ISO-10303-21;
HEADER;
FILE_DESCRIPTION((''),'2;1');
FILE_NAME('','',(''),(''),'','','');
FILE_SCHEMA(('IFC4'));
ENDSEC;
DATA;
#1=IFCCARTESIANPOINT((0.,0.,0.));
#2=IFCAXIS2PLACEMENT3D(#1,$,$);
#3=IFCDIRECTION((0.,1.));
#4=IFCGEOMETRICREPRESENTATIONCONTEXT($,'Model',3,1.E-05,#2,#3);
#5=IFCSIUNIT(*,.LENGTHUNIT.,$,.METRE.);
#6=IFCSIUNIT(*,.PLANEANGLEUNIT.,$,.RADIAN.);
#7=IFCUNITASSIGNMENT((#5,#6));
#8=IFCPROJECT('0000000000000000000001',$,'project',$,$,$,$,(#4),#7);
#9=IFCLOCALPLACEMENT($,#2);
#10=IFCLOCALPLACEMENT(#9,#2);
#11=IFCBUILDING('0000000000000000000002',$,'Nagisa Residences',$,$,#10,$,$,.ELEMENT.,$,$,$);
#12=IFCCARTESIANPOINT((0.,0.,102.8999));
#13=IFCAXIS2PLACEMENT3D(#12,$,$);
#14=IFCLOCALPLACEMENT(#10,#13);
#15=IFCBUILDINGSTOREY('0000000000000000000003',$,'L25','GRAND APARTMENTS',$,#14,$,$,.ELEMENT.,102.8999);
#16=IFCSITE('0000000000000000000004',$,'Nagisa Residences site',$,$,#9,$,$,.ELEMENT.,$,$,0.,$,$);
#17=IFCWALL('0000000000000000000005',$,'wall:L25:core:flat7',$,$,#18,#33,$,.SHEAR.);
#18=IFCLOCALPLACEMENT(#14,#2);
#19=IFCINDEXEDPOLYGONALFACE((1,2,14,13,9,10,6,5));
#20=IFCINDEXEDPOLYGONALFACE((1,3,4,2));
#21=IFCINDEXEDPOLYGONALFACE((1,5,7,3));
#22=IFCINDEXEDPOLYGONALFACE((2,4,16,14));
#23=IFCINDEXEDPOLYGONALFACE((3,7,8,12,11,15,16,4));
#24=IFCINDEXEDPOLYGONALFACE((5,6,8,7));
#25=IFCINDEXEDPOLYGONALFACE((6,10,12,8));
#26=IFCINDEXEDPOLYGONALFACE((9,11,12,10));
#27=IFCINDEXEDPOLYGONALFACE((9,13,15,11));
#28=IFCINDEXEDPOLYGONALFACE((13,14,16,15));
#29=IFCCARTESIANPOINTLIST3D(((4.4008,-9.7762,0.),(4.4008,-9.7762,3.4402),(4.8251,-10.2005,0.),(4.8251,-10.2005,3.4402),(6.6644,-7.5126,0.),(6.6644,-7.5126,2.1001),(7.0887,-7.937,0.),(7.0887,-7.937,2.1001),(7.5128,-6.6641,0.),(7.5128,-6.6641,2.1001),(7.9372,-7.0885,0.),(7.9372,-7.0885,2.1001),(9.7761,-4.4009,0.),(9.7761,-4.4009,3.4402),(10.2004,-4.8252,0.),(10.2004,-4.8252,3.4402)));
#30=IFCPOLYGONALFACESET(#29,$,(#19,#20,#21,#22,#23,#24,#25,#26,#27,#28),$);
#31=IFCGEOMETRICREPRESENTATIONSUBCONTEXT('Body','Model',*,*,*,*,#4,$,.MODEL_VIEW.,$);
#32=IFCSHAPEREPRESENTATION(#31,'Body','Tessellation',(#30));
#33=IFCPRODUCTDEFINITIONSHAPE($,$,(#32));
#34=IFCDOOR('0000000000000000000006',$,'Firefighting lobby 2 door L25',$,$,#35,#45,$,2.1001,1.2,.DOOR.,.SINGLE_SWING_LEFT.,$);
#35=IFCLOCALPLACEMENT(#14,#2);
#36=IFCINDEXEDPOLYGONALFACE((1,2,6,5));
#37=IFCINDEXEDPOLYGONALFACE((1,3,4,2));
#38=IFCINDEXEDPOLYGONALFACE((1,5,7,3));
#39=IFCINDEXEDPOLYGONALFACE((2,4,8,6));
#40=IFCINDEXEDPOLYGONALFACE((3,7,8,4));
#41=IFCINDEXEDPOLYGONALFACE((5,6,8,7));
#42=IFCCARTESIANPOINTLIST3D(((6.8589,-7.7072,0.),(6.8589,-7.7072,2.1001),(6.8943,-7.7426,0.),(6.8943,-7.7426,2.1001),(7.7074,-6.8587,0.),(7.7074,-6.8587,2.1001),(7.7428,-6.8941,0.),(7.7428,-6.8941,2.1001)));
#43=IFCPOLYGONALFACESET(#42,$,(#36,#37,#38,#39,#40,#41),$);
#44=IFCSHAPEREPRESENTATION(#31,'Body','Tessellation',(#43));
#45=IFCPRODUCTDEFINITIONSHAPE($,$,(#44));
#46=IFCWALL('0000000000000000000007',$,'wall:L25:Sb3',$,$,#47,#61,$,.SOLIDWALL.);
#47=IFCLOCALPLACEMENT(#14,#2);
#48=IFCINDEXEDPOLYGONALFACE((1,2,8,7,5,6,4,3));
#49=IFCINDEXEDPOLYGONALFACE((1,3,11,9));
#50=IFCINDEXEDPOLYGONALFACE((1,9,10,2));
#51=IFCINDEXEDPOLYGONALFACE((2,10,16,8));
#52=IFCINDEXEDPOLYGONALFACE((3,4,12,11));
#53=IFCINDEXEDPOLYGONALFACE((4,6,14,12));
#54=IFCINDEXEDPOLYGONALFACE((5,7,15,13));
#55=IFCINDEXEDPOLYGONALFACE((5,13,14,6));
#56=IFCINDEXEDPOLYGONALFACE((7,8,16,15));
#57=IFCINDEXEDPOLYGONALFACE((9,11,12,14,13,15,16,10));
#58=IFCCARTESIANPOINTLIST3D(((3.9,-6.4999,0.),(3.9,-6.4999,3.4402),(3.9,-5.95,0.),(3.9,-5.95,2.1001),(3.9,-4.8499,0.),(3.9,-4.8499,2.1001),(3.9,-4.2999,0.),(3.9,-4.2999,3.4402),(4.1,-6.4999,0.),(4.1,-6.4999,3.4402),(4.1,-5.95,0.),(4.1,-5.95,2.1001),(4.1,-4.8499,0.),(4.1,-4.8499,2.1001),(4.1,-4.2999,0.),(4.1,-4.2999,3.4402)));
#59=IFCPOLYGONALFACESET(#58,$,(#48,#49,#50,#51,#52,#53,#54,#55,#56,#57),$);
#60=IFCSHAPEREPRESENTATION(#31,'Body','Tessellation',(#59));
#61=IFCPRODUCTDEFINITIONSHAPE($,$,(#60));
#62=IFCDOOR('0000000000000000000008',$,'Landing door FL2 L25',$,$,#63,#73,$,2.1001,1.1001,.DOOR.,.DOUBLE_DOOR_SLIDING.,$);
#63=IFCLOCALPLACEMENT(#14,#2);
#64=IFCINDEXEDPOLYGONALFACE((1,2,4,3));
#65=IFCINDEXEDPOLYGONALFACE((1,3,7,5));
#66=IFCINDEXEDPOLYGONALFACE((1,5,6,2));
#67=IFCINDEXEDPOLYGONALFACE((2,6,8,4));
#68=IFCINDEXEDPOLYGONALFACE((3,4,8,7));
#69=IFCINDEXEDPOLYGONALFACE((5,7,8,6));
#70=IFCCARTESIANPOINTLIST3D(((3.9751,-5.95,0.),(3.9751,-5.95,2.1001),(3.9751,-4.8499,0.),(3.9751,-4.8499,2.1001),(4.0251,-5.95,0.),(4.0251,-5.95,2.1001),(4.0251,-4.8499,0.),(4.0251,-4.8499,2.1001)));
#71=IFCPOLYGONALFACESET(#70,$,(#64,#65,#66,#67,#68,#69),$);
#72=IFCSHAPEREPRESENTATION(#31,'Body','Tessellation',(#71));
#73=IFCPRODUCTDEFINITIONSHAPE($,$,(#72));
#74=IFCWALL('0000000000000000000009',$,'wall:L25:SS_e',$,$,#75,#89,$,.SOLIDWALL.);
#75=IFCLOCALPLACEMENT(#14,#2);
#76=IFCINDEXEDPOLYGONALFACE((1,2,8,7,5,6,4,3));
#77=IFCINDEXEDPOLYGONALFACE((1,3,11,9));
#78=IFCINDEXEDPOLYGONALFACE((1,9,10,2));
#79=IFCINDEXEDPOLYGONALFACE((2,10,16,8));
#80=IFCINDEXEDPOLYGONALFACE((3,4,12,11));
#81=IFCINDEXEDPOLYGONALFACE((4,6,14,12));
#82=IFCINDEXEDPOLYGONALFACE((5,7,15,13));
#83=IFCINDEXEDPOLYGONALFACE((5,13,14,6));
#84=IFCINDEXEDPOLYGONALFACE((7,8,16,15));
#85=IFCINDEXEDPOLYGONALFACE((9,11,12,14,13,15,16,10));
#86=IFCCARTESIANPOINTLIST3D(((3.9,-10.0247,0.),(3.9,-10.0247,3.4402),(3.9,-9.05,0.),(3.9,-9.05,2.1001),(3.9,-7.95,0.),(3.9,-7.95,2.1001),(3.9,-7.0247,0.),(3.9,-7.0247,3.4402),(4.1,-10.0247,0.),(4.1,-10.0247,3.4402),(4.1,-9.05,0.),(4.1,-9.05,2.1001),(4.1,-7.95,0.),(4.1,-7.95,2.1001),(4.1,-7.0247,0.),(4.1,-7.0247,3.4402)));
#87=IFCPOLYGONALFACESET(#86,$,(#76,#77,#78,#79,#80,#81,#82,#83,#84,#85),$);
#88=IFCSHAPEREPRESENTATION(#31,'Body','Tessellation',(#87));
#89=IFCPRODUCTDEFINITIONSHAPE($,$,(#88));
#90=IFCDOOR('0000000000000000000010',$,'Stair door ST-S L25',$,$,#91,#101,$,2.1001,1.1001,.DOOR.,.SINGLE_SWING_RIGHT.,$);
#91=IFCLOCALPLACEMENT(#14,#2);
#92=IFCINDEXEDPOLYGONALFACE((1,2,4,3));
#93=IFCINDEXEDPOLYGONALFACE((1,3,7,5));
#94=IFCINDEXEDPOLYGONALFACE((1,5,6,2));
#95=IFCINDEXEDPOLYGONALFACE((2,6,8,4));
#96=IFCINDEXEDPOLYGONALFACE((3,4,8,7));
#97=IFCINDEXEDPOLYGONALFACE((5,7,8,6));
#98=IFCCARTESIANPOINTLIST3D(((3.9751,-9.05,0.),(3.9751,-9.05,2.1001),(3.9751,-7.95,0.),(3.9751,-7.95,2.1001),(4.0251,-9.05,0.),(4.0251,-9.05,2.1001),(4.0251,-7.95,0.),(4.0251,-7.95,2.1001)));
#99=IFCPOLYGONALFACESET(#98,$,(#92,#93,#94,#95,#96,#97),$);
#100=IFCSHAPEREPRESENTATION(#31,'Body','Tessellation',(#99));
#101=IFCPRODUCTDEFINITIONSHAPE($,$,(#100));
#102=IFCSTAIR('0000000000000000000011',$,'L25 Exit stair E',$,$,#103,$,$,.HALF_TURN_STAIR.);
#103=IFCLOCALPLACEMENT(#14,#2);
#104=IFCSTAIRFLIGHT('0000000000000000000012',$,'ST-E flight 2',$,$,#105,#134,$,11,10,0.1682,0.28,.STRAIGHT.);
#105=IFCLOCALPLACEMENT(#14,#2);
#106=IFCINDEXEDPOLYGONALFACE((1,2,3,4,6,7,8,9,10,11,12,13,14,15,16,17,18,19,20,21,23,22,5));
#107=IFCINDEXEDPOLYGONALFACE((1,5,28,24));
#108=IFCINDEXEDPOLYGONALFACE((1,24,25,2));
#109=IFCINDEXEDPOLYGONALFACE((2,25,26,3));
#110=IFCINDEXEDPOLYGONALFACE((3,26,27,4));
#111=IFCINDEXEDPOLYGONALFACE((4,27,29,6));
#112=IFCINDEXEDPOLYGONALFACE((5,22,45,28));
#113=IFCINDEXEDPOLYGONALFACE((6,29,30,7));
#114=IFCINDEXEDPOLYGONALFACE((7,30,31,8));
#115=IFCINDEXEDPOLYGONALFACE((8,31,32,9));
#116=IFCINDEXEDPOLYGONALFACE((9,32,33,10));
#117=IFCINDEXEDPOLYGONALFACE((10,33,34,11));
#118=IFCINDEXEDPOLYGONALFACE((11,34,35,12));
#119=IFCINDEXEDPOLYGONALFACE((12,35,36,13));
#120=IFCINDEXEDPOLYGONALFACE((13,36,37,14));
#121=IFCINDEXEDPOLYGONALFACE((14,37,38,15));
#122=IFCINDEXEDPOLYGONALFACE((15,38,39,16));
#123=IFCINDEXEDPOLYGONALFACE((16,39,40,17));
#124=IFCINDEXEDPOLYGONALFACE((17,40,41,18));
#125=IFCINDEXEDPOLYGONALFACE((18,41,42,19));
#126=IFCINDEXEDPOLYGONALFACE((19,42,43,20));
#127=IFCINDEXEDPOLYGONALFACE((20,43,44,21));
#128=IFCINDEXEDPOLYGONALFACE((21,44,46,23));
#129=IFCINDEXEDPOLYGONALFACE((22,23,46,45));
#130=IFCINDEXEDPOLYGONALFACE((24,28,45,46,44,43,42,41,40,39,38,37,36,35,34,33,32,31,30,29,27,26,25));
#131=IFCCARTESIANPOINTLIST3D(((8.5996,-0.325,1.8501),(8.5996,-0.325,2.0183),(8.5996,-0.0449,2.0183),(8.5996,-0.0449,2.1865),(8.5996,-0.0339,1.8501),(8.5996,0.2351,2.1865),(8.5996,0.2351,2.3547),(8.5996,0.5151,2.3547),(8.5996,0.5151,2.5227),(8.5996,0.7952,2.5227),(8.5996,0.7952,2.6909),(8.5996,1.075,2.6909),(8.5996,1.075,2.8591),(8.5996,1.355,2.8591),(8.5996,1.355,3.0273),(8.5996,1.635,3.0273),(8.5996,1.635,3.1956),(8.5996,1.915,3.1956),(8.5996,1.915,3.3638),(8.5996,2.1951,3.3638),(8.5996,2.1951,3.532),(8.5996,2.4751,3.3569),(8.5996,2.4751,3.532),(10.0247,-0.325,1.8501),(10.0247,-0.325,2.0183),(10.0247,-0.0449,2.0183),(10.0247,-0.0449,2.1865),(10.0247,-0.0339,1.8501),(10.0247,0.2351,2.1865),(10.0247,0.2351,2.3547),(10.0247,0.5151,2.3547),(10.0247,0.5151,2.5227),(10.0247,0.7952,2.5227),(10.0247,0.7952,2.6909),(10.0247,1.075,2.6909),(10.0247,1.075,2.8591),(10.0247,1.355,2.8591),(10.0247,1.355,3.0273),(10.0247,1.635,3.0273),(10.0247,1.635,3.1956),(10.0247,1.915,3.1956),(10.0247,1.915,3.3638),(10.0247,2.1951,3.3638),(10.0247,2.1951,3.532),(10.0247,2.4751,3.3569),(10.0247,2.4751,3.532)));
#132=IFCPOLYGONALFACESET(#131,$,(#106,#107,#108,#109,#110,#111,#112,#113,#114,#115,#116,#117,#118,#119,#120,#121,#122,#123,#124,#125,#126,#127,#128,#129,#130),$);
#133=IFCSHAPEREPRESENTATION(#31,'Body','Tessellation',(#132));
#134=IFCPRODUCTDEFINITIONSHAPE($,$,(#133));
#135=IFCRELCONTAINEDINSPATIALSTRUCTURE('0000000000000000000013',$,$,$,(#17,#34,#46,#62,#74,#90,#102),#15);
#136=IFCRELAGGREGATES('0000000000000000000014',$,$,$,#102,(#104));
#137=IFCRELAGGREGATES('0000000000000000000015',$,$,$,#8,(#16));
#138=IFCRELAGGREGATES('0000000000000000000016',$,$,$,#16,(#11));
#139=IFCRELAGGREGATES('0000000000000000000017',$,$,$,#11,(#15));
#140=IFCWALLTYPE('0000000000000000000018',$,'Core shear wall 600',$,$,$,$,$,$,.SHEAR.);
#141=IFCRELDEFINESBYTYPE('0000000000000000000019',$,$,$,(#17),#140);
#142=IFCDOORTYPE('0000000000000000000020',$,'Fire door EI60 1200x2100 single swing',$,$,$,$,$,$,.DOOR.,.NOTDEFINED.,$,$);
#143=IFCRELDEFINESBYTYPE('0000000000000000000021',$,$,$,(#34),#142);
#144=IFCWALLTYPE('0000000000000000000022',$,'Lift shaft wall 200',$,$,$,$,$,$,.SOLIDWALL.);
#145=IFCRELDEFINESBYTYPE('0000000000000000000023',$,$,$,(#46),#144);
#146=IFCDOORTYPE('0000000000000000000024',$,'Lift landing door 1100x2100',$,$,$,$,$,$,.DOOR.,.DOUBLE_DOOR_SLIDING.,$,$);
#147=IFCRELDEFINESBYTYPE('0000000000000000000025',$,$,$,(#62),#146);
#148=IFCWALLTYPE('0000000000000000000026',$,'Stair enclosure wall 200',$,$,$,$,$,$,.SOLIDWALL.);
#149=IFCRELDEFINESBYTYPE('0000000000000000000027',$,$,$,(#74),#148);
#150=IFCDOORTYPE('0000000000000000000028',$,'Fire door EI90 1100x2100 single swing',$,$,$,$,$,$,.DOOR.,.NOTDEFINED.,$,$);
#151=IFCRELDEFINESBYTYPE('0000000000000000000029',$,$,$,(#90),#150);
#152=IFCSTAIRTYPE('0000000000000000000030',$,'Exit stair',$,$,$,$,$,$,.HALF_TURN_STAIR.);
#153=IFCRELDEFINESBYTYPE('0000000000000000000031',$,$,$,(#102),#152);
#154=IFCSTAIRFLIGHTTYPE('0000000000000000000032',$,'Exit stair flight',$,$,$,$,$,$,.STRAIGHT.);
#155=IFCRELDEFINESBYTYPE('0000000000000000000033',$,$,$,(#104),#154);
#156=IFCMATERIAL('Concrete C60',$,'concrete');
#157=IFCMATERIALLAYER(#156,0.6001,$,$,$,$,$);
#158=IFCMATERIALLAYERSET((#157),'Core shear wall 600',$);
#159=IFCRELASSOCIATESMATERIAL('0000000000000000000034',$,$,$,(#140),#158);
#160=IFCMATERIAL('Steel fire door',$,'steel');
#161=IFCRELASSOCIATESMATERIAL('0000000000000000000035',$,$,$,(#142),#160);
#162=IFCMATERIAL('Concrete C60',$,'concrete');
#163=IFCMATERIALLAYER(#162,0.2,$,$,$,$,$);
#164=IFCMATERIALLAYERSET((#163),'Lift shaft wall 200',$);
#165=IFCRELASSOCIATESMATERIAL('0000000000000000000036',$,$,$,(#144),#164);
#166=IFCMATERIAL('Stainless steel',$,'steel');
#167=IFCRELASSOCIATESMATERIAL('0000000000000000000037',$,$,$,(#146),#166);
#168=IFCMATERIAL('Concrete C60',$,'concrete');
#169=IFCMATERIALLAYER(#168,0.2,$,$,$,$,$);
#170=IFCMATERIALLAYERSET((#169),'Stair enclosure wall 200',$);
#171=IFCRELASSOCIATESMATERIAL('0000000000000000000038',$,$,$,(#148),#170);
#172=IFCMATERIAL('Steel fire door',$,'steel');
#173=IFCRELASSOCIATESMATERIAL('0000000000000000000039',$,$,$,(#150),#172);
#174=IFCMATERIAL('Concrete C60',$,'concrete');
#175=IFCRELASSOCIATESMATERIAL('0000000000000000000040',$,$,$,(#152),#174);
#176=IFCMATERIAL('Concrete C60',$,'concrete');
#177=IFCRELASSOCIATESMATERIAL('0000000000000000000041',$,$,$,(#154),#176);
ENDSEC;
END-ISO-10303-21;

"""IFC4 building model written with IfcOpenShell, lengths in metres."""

from ifc_helpers import new_model, si_unit, direction, frame, frame_2d, origin, place, context, subcontext, project, spatial, polyline, rectangle, outline, extrude, material, layer, layer_set, type_object, element, fill, aggregate, save


model = new_model("IFC4")

# Units and contexts
model_context = context("Model", 3, precision=1e-05, world=origin(), true_north=direction((0.0, 1.0)))
body_context = subcontext(model_context, "Body", "Model", "MODEL_VIEW")
ifc_project = project(units=[si_unit("LENGTHUNIT", "METRE"), si_unit("PLANEANGLEUNIT", "RADIAN")], contexts=[model_context])

# Site, building, storey
site_placement = place(None, origin())
site = spatial("IfcSite", under=ifc_project, at=site_placement, Name="Nagisa Residences site", CompositionType="ELEMENT", RefElevation=0.0)
building_placement = place(site_placement, origin())
building = spatial("IfcBuilding", under=site, at=building_placement, Name="Nagisa Residences", CompositionType="ELEMENT")
storey_placement = place(building_placement, frame((0.0, 0.0, 102.8999)))
storey = spatial("IfcBuildingStorey", under=building, at=storey_placement, Name="L25", Description="GRAND APARTMENTS", CompositionType="ELEMENT", Elevation=102.8999)

# Walls, openings, doors
ifc_material_1 = material(Name="Concrete C60", Category="concrete")
ifc_layer_1 = layer(ifc_material_1, 0.6001)
ifc_layer_set_1 = layer_set([ifc_layer_1], Name="Core shear wall 600")
wall_type_1 = type_object("IfcWallType", Name="Core shear wall 600", PredefinedType="SHEAR", material=ifc_layer_set_1)
wall_1_placement = place(storey_placement, frame((4.613, -9.9883, 0.0), z_axis=(0.0, 0.0, 1.0), x_axis=(0.707107, 0.707107, 0.0)))
wall_1 = element("IfcWall", 1, at=wall_1_placement, inside=storey, type_object=wall_type_1, Name="wall:L25:core:flat7", PredefinedType="SHEAR", context=body_context, shape_type="SweptSolid", body=[
    extrude(rectangle(XDim=7.6018, YDim=0.6001, at=frame_2d((3.8008, 0.0))), origin(), (0.0, 0.0, 1.0), 3.4402),
])
opening_1_placement = place(wall_1_placement, frame((3.2009, 0.0, 0.0)))
opening_1 = element("IfcOpeningElement", 2, at=opening_1_placement, cuts=wall_1, PredefinedType="OPENING", context=body_context, shape_type="SweptSolid", body=[
    extrude(rectangle(XDim=1.2, YDim=2.1001, at=frame_2d((0.6001, 1.05))), frame((0.0, 0.3101, 0.0), z_axis=(0.0, -1.0, 0.0), x_axis=(1.0, 0.0, 0.0)), (0.0, 0.0, 1.0), 0.6201),
])
ifc_material_2 = material(Name="Steel fire door", Category="steel")
door_type_1 = type_object("IfcDoorType", Name="Fire door EI60 1200x2100 single swing", OperationType="NOTDEFINED", PredefinedType="DOOR", material=ifc_material_2)
door_1_placement = place(opening_1_placement, origin())
door_1 = element("IfcDoor", 3, at=door_1_placement, inside=storey, type_object=door_type_1, Name="Firefighting lobby 2 door L25", OperationType="SINGLE_SWING_LEFT", OverallHeight=2.1001, OverallWidth=1.2, PredefinedType="DOOR", context=body_context, shape_type="SweptSolid", body=[
    extrude(rectangle(XDim=1.2, YDim=2.1001, at=frame_2d((0.6001, 1.05))), frame((0.0, 0.0249, 0.0), z_axis=(0.0, -1.0, 0.0), x_axis=(1.0, 0.0, 0.0)), (0.0, 0.0, 1.0), 0.05),
])
fill(opening_1, door_1)
ifc_material_3 = material(Name="Concrete C60", Category="concrete")
ifc_layer_2 = layer(ifc_material_3, 0.2)
ifc_layer_set_2 = layer_set([ifc_layer_2], Name="Lift shaft wall 200")
wall_type_2 = type_object("IfcWallType", Name="Lift shaft wall 200", PredefinedType="SOLIDWALL", material=ifc_layer_set_2)
wall_2_placement = place(storey_placement, frame((4.0, -6.5, 0.0), z_axis=(0.0, 0.0, 1.0), x_axis=(0.0, 1.0, 0.0)))
wall_2 = element("IfcWall", 4, at=wall_2_placement, inside=storey, type_object=wall_type_2, Name="wall:L25:Sb3", PredefinedType="SOLIDWALL", context=body_context, shape_type="SweptSolid", body=[
    extrude(rectangle(XDim=2.2, YDim=0.2, at=frame_2d((1.1001, 0.0))), origin(), (0.0, 0.0, 1.0), 3.4402),
])
opening_2_placement = place(wall_2_placement, frame((0.55, 0.0, 0.0)))
opening_2 = element("IfcOpeningElement", 5, at=opening_2_placement, cuts=wall_2, PredefinedType="OPENING", context=body_context, shape_type="SweptSolid", body=[
    extrude(rectangle(XDim=1.1001, YDim=2.1001, at=frame_2d((0.55, 1.05))), frame((0.0, 0.1099, 0.0), z_axis=(0.0, -1.0, 0.0), x_axis=(1.0, 0.0, 0.0)), (0.0, 0.0, 1.0), 0.22),
])
ifc_material_4 = material(Name="Stainless steel", Category="steel")
door_type_2 = type_object("IfcDoorType", Name="Lift landing door 1100x2100", OperationType="DOUBLE_DOOR_SLIDING", PredefinedType="DOOR", material=ifc_material_4)
door_2_placement = place(opening_2_placement, origin())
door_2 = element("IfcDoor", 6, at=door_2_placement, inside=storey, type_object=door_type_2, Name="Landing door FL2 L25", OperationType="DOUBLE_DOOR_SLIDING", OverallHeight=2.1001, OverallWidth=1.1001, PredefinedType="DOOR", context=body_context, shape_type="SweptSolid", body=[
    extrude(rectangle(XDim=1.1001, YDim=2.1001, at=frame_2d((0.55, 1.05))), frame((0.0, 0.0249, 0.0), z_axis=(0.0, -1.0, 0.0), x_axis=(1.0, 0.0, 0.0)), (0.0, 0.0, 1.0), 0.05),
])
fill(opening_2, door_2)
ifc_material_5 = material(Name="Concrete C60", Category="concrete")
ifc_layer_3 = layer(ifc_material_5, 0.2)
ifc_layer_set_3 = layer_set([ifc_layer_3], Name="Stair enclosure wall 200")
wall_type_3 = type_object("IfcWallType", Name="Stair enclosure wall 200", PredefinedType="SOLIDWALL", material=ifc_layer_set_3)
wall_3_placement = place(storey_placement, frame((4.0, -10.0247, 0.0), z_axis=(0.0, 0.0, 1.0), x_axis=(0.0, 1.0, 0.0)))
wall_3 = element("IfcWall", 7, at=wall_3_placement, inside=storey, type_object=wall_type_3, Name="wall:L25:SS_e", PredefinedType="SOLIDWALL", context=body_context, shape_type="SweptSolid", body=[
    extrude(rectangle(XDim=3.0, YDim=0.2, at=frame_2d((1.5, 0.0))), origin(), (0.0, 0.0, 1.0), 3.4402),
])
opening_3_placement = place(wall_3_placement, frame((0.9746, 0.0, 0.0)))
opening_3 = element("IfcOpeningElement", 8, at=opening_3_placement, cuts=wall_3, PredefinedType="OPENING", context=body_context, shape_type="SweptSolid", body=[
    extrude(rectangle(XDim=1.1001, YDim=2.1001, at=frame_2d((0.55, 1.05))), frame((0.0, 0.1099, 0.0), z_axis=(0.0, -1.0, 0.0), x_axis=(1.0, 0.0, 0.0)), (0.0, 0.0, 1.0), 0.22),
])
ifc_material_6 = material(Name="Steel fire door", Category="steel")
door_type_3 = type_object("IfcDoorType", Name="Fire door EI90 1100x2100 single swing", OperationType="NOTDEFINED", PredefinedType="DOOR", material=ifc_material_6)
door_3_placement = place(opening_3_placement, origin())
door_3 = element("IfcDoor", 9, at=door_3_placement, inside=storey, type_object=door_type_3, Name="Stair door ST-S L25", OperationType="SINGLE_SWING_RIGHT", OverallHeight=2.1001, OverallWidth=1.1001, PredefinedType="DOOR", context=body_context, shape_type="SweptSolid", body=[
    extrude(rectangle(XDim=1.1001, YDim=2.1001, at=frame_2d((0.55, 1.05))), frame((0.0, 0.0249, 0.0), z_axis=(0.0, -1.0, 0.0), x_axis=(1.0, 0.0, 0.0)), (0.0, 0.0, 1.0), 0.05),
])
fill(opening_3, door_3)

# Stair, stair flight
ifc_material_7 = material(Name="Concrete C60", Category="concrete")
stair_type = type_object("IfcStairType", Name="Exit stair", PredefinedType="HALF_TURN_STAIR", material=ifc_material_7)
stair_placement = place(storey_placement, origin())
stair = element("IfcStair", 10, at=stair_placement, inside=storey, type_object=stair_type, Name="L25 Exit stair E", PredefinedType="HALF_TURN_STAIR")
ifc_material_8 = material(Name="Concrete C60", Category="concrete")
stair_flight_type = type_object("IfcStairFlightType", Name="Exit stair flight", PredefinedType="STRAIGHT", material=ifc_material_8)
stair_flight_placement = place(storey_placement, frame((9.312, -0.325, 1.8501), z_axis=(0.0, 0.0, 1.0), x_axis=(0.0, 1.0, 0.0)))
stair_flight = element("IfcStairFlight", 11, at=stair_flight_placement, type_object=stair_flight_type, Name="ST-E flight 2", NumberOfRisers=11, NumberOfTreads=10, PredefinedType="STRAIGHT", RiserHeight=0.1682, TreadLength=0.28, context=body_context, shape_type="SweptSolid", body=[
    extrude(outline(polyline([(0.0, 0.0), (0.0, 0.1682), (0.28, 0.1682), (0.28, 0.3364), (0.5601, 0.3364), (0.5601, 0.5046), (0.8401, 0.5046), (0.8401, 0.6726), (1.1201, 0.6726), (1.1201, 0.8408), (1.3999, 0.8408), (1.3999, 1.009), (1.6799, 1.009), (1.6799, 1.1772), (1.96, 1.1772), (1.96, 1.3455), (2.24, 1.3455), (2.24, 1.5137), (2.52, 1.5137), (2.52, 1.6819), (2.8, 1.6819), (2.8, 1.8501), (2.8, 1.5068), (0.291, 0.0), (0.0, 0.0)])), frame((0.0, 0.7124, 0.0), z_axis=(0.0, -1.0, 0.0), x_axis=(1.0, 0.0, 0.0)), (0.0, 0.0, 1.0), 1.425),
])
aggregate(stair, [stair_flight])

save(model, "model.ifc")
